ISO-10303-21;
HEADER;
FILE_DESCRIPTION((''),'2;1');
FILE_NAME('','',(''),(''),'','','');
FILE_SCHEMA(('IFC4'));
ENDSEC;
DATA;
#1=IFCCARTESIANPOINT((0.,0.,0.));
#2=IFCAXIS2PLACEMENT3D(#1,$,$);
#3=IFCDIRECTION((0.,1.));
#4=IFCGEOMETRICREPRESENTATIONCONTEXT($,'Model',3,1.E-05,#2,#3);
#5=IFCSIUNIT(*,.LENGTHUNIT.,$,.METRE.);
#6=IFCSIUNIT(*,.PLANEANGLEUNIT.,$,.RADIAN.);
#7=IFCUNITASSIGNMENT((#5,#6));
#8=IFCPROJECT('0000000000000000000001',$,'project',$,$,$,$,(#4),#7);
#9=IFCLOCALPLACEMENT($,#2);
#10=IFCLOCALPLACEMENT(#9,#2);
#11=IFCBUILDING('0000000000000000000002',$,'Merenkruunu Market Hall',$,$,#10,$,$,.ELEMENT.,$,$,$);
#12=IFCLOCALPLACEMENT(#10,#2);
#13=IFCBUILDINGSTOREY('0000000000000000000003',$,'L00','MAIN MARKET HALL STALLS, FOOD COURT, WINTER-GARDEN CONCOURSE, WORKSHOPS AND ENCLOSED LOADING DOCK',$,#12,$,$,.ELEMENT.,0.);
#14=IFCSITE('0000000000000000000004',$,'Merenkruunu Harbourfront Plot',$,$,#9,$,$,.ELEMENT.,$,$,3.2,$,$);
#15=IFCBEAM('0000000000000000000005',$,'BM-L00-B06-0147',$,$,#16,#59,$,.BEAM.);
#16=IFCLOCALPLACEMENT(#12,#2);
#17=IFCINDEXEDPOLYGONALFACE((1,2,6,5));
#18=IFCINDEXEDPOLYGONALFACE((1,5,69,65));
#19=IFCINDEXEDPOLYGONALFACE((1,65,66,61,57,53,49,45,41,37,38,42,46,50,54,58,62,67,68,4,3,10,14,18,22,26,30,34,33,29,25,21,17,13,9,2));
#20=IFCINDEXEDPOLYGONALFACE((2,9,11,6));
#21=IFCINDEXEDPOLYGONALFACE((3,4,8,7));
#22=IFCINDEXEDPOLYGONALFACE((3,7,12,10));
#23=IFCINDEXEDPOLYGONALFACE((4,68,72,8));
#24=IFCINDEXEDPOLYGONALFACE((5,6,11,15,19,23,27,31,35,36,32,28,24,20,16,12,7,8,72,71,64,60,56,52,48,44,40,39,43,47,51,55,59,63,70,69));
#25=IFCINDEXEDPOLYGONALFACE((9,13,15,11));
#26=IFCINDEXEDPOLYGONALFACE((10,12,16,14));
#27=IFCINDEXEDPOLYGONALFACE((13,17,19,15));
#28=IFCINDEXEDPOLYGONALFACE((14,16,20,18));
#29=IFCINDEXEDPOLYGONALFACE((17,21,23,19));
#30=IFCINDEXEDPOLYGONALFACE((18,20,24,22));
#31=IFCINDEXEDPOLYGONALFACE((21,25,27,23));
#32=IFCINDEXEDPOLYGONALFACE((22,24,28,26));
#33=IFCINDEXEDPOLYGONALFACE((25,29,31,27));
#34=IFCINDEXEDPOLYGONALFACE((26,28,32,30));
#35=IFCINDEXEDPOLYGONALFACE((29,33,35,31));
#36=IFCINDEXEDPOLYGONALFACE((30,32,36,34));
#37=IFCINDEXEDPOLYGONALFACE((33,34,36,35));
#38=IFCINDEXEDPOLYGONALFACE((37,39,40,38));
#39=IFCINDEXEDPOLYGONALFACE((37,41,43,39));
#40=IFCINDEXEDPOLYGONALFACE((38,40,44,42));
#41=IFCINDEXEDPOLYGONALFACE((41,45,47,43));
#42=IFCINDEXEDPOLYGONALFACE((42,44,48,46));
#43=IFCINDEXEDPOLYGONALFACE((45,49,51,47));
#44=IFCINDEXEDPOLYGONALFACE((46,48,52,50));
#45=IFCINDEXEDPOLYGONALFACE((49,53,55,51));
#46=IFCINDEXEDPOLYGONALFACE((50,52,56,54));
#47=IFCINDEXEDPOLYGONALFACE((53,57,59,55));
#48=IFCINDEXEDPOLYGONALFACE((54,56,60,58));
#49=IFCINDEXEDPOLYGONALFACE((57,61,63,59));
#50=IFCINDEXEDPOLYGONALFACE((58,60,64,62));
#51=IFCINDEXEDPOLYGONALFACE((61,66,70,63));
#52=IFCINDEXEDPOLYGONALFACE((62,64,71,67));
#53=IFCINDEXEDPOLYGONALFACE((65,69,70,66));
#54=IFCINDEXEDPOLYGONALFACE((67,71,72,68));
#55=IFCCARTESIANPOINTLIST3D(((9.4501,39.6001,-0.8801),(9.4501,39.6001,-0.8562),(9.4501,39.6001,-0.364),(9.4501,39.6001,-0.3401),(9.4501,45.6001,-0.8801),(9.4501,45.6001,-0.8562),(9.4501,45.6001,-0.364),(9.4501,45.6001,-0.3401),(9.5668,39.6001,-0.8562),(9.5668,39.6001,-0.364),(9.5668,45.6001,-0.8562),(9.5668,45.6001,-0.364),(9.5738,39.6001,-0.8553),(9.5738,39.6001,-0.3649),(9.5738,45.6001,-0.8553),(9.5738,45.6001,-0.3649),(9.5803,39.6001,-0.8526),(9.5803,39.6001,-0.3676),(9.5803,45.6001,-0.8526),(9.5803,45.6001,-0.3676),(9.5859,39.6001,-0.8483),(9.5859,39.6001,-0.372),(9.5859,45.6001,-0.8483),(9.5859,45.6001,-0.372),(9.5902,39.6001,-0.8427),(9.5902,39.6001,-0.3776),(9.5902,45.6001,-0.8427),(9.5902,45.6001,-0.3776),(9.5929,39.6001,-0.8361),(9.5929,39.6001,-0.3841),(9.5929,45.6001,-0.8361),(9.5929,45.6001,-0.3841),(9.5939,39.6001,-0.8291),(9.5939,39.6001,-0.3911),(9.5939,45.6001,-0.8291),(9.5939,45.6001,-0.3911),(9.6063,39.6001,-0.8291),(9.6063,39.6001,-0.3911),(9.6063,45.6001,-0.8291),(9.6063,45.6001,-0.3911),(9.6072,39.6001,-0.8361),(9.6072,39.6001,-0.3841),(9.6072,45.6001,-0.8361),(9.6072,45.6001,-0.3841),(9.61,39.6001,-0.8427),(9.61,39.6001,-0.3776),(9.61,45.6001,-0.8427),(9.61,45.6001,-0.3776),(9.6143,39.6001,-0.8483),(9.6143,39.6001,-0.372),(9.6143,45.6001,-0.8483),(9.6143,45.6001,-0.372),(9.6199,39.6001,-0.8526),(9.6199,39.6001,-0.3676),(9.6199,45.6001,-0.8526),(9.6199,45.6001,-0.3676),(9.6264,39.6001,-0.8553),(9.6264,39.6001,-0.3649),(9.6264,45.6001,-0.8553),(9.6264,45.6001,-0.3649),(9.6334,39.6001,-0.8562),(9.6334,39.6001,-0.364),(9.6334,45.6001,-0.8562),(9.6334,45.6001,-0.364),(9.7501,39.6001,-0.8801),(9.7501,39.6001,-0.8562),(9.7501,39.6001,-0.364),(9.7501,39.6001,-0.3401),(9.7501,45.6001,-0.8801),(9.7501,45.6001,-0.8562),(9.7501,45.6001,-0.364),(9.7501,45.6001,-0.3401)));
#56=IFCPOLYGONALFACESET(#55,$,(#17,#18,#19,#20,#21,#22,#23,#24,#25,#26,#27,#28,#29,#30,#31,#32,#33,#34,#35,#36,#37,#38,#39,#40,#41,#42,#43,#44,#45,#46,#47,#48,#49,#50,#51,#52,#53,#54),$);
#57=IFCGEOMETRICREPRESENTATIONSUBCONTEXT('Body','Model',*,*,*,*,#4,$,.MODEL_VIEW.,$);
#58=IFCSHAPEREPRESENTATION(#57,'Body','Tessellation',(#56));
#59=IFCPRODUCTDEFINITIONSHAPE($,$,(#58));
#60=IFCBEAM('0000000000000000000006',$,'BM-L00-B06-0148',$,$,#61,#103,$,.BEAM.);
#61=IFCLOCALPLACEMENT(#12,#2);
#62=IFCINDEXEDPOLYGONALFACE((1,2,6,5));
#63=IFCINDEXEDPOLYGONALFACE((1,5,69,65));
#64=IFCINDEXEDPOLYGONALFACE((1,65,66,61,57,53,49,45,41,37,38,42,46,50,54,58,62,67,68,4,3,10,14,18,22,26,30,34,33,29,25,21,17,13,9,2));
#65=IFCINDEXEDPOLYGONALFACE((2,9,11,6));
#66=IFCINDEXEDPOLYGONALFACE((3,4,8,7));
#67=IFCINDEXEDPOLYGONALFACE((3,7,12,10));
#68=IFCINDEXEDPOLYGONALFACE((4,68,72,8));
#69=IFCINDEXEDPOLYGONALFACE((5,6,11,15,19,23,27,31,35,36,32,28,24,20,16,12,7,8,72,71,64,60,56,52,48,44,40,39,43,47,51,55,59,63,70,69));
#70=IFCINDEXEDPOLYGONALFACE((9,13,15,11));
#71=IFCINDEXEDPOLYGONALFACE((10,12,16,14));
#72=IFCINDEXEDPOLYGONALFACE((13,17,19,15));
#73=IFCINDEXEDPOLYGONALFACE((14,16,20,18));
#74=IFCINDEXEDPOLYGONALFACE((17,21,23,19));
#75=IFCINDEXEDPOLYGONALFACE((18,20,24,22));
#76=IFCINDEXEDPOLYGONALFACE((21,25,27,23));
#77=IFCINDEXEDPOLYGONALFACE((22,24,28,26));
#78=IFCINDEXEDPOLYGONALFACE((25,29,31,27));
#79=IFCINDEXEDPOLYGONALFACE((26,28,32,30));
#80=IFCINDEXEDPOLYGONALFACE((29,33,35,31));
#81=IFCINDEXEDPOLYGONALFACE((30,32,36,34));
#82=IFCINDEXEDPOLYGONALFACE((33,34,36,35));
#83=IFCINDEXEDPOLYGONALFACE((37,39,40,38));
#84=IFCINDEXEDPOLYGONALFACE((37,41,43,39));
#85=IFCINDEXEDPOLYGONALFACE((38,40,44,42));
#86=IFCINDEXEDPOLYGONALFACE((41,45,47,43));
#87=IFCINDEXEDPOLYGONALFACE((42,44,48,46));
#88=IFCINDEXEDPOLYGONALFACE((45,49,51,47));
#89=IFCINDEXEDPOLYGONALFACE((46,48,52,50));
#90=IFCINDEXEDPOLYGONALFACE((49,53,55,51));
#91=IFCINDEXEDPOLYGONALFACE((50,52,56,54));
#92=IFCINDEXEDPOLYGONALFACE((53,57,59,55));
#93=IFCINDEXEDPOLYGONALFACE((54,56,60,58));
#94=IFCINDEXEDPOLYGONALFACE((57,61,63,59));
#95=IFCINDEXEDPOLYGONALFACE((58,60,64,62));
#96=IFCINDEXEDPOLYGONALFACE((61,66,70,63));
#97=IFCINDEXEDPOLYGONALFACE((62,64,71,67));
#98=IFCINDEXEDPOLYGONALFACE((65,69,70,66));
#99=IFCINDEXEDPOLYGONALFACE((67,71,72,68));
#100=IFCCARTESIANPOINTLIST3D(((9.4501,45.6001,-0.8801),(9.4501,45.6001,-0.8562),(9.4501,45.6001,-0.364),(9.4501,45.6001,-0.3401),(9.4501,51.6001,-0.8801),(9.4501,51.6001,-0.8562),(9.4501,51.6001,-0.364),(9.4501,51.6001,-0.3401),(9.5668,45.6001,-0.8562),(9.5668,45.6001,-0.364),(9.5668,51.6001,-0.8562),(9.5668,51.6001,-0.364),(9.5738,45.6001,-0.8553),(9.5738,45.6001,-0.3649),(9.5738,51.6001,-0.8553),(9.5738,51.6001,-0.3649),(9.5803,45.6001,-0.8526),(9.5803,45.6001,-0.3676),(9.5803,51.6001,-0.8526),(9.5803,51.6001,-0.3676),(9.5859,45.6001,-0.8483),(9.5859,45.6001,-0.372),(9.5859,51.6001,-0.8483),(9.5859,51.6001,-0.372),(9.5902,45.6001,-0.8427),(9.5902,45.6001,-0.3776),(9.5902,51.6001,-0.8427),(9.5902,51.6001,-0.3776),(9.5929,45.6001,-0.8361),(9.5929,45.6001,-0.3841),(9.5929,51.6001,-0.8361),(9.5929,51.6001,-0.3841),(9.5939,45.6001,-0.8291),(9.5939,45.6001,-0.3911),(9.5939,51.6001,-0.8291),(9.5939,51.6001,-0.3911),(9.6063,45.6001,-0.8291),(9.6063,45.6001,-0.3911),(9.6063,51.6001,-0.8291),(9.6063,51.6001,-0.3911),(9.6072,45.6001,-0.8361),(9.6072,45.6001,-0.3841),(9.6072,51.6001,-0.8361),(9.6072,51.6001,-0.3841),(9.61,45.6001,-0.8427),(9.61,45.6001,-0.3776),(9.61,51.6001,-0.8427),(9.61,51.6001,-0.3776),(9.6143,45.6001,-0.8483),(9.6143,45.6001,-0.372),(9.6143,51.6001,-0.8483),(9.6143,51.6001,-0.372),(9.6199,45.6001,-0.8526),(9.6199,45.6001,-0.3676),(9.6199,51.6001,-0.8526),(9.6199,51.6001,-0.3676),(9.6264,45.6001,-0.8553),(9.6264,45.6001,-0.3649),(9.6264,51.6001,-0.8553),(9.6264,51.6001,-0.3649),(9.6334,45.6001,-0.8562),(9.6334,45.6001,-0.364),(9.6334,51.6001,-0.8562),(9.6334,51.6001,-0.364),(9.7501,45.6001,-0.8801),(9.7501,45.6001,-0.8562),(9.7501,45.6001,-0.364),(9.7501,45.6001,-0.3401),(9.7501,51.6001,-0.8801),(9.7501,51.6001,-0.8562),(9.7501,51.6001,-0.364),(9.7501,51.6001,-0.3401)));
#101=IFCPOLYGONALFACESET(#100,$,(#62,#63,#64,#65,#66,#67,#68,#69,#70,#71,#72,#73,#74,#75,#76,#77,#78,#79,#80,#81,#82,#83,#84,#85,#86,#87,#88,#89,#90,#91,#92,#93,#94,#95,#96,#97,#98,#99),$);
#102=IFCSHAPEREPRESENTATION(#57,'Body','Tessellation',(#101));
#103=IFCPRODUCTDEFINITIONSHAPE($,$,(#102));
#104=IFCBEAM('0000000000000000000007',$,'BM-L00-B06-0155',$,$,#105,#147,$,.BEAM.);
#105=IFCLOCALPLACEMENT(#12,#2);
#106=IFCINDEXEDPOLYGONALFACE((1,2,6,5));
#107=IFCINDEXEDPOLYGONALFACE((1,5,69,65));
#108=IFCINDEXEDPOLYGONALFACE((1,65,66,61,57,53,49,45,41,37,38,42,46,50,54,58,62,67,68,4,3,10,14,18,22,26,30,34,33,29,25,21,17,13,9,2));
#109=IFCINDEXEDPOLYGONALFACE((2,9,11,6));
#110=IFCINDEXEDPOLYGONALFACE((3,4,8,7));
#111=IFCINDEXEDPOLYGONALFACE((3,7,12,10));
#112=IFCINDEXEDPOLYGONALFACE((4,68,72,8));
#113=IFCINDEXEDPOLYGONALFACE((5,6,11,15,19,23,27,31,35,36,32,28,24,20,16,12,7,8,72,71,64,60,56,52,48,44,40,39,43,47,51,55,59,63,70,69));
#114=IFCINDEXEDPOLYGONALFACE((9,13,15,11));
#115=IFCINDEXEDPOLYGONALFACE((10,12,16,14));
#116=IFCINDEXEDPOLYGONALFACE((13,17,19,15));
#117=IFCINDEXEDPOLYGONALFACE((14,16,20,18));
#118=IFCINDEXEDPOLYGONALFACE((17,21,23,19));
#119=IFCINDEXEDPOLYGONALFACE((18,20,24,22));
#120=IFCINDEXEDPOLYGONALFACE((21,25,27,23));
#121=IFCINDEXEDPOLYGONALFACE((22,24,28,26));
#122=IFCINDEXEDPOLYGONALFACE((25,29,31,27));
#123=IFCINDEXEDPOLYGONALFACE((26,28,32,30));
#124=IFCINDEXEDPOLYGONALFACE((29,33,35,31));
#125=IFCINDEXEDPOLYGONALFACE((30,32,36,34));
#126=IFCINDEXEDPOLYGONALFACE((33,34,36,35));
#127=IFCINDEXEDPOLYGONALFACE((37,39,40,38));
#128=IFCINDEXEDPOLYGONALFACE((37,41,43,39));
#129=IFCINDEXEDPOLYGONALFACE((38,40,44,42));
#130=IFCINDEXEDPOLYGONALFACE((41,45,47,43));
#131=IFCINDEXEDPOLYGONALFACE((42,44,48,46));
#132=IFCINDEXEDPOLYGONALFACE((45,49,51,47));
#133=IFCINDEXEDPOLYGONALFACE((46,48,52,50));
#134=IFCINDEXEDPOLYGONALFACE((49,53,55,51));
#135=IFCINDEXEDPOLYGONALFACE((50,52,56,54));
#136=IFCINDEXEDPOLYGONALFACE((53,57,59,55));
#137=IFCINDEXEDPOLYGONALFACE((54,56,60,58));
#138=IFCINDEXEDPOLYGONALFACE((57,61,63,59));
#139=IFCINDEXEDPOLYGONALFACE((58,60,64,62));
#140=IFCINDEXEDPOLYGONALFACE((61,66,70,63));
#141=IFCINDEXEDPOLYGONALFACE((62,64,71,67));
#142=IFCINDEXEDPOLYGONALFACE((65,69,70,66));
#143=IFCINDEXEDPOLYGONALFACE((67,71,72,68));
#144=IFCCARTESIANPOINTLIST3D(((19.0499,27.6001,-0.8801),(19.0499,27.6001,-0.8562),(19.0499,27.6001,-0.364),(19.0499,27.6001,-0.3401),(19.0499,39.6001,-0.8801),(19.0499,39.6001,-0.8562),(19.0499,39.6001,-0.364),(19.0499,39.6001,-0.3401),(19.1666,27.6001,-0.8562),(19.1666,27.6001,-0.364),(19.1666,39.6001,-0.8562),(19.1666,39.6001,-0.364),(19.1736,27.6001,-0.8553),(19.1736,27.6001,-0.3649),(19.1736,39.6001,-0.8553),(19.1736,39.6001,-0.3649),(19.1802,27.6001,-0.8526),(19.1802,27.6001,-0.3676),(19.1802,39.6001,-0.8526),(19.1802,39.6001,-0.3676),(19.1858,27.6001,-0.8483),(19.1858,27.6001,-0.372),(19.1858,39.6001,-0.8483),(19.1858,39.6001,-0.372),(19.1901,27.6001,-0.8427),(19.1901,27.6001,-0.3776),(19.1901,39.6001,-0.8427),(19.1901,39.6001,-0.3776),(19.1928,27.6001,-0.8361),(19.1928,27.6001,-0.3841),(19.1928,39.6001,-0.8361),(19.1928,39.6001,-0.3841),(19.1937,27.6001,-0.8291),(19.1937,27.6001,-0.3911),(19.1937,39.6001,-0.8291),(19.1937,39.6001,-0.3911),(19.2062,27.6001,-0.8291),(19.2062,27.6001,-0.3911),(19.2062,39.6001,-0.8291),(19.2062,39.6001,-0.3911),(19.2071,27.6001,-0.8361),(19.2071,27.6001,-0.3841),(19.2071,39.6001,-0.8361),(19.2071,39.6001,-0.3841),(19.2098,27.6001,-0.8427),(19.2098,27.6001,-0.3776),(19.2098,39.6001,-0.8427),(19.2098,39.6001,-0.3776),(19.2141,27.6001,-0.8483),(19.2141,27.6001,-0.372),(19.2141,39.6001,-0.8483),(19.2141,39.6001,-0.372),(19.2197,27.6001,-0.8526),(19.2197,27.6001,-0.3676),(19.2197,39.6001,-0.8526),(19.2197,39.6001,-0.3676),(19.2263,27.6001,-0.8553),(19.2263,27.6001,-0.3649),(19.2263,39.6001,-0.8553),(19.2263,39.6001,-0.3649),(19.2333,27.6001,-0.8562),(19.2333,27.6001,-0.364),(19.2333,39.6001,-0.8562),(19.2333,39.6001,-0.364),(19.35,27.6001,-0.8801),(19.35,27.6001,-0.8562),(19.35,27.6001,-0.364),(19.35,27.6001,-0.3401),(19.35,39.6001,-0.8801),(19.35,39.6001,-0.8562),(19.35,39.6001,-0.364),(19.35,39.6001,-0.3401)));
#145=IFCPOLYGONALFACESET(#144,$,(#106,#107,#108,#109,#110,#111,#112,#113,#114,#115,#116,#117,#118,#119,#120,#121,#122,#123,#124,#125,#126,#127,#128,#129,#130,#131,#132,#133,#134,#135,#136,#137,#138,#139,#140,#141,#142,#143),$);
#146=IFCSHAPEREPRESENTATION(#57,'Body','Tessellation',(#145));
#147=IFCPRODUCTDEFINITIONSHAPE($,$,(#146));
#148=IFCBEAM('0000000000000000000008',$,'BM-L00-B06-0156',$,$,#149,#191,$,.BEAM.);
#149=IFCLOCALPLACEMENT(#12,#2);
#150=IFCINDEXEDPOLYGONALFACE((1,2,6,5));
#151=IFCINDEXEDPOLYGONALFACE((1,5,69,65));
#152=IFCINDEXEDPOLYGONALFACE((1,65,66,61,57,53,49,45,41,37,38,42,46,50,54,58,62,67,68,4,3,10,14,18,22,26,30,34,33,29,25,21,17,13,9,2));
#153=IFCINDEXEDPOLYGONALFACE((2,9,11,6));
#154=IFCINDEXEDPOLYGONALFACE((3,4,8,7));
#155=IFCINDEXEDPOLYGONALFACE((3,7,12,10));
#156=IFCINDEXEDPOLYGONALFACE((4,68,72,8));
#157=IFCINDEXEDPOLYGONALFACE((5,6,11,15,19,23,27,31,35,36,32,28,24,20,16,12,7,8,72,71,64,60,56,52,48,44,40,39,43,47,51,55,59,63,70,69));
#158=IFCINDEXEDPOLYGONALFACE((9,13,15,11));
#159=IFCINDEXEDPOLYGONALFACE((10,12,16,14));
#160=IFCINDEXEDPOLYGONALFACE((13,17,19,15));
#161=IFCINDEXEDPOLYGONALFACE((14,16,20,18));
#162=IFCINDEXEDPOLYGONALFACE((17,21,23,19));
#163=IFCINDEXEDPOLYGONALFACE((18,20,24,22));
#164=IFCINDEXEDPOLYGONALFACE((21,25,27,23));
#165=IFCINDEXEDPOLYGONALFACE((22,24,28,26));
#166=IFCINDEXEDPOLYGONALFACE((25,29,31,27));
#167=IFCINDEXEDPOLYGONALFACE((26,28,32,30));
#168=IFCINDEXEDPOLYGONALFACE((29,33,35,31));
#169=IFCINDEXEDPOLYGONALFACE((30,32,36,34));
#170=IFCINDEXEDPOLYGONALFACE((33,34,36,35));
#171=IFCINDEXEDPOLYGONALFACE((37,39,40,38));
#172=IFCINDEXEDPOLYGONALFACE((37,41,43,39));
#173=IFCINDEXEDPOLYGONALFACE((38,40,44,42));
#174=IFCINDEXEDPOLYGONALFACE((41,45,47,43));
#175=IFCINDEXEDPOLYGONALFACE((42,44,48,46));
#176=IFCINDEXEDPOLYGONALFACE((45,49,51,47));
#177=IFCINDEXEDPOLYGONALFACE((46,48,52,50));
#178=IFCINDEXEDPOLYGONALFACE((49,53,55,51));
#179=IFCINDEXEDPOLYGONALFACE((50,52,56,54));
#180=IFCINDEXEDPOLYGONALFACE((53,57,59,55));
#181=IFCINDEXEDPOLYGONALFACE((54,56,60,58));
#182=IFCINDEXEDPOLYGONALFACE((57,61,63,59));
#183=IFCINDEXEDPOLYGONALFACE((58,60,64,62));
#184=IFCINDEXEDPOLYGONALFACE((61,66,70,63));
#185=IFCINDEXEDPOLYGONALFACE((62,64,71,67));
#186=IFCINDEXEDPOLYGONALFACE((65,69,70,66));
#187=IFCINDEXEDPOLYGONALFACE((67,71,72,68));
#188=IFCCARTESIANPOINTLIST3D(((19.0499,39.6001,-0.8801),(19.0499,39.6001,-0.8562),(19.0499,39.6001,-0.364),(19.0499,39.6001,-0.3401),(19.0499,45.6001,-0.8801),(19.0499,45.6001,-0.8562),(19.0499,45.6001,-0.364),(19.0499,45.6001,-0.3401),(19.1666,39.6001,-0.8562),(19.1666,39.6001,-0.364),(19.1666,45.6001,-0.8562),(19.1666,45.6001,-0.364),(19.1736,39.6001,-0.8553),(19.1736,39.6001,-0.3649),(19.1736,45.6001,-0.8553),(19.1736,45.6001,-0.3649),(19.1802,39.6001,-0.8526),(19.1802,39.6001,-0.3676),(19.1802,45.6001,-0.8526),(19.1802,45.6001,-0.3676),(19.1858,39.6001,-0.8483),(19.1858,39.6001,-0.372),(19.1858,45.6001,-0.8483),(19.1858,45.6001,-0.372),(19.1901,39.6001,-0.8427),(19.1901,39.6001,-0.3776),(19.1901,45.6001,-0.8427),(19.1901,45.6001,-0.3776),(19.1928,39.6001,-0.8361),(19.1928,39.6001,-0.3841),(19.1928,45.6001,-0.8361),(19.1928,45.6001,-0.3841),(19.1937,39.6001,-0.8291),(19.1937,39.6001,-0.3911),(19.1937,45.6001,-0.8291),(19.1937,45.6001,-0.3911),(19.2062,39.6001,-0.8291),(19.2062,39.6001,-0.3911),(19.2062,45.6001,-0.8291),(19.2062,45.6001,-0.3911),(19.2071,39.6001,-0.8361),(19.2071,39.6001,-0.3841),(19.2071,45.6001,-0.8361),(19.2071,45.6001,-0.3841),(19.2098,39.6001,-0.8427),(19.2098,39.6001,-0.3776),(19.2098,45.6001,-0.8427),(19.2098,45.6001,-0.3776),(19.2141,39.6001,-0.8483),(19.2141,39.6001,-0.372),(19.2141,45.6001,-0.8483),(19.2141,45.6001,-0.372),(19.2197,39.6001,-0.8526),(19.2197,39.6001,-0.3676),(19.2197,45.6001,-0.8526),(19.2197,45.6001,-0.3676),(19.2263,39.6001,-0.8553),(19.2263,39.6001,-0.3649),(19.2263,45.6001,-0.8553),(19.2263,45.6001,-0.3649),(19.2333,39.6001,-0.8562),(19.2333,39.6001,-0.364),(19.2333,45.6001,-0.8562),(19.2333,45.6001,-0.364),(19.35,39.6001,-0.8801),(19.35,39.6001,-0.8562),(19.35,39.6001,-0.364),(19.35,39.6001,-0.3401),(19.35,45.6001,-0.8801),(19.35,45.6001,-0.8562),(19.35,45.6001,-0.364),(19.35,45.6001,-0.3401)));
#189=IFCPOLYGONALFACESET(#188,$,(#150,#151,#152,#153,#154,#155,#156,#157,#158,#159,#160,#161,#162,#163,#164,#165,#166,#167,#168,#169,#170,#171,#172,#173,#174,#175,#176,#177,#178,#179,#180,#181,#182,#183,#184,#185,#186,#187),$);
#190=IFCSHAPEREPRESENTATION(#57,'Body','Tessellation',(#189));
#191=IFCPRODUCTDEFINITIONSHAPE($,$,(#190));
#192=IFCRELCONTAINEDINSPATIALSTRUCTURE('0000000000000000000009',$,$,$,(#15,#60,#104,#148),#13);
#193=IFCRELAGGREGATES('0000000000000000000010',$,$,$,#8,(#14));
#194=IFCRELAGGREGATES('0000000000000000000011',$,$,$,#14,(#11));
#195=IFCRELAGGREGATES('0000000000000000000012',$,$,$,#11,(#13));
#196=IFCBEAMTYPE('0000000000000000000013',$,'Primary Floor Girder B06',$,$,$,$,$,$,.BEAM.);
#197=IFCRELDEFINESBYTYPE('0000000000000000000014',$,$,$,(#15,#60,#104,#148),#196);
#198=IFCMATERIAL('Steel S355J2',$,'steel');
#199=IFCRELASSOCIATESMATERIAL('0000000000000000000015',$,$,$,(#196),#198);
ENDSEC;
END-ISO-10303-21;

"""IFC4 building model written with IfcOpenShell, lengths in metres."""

from ifc_helpers import new_model, si_unit, direction, frame, origin, origin_2d, place, context, subcontext, project, spatial, i_section, extrude, material, material_profile, profile_set, type_object, element, save


model = new_model("IFC4")

# Units and contexts
model_context = context("Model", 3, precision=1e-05, world=origin(), true_north=direction((0.0, 1.0)))
body_context = subcontext(model_context, "Body", "Model", "MODEL_VIEW")
ifc_project = project(units=[si_unit("LENGTHUNIT", "METRE"), si_unit("PLANEANGLEUNIT", "RADIAN")], contexts=[model_context])

# Site, building, storey
site_placement = place(None, origin())
site = spatial("IfcSite", under=ifc_project, at=site_placement, Name="Merenkruunu Harbourfront Plot", CompositionType="ELEMENT", RefElevation=3.2)
building_placement = place(site_placement, origin())
building = spatial("IfcBuilding", under=site, at=building_placement, Name="Merenkruunu Market Hall", CompositionType="ELEMENT")
storey_placement = place(building_placement, origin())
storey = spatial("IfcBuildingStorey", under=building, at=storey_placement, Name="L00", Description="MAIN MARKET HALL STALLS, FOOD COURT, WINTER-GARDEN CONCOURSE, WORKSHOPS AND ENCLOSED LOADING DOCK", CompositionType="ELEMENT", Elevation=0.0)

# Shared definitions
ifc_material_1 = material(Name="Steel S355J2", Category="steel")

# Beams
ifc_material_profile_1 = material_profile(ifc_material_1, i_section(OverallWidth=0.3, OverallDepth=0.54, WebThickness=0.0125, FlangeThickness=0.0239, FilletRadius=0.0271, at=origin_2d()), Name="HEA 550")
ifc_profile_set_1 = profile_set([ifc_material_profile_1], Name="Steel S355J2")
beam_type_1 = type_object("IfcBeamType", Name="Primary Floor Girder B06", PredefinedType="BEAM", material=ifc_profile_set_1)
for number, where, z_axis, x_axis, name in (
    (1, (9.6001, 39.6001, -0.6101), (0.0, 1.0, 0.0), (-1.0, 0.0, 0.0), "BM-L00-B06-0147"),
    (2, (9.6001, 45.6001, -0.6101), (0.0, 1.0, 0.0), (-1.0, 0.0, 0.0), "BM-L00-B06-0148"),
):
    element("IfcBeam", number, at=place(storey_placement, frame(where, z_axis=z_axis, x_axis=x_axis)), inside=storey, type_object=beam_type_1, Name=name, PredefinedType="BEAM", context=body_context, shape_type="SweptSolid", body=[
        extrude(i_section(OverallWidth=0.3, OverallDepth=0.54, WebThickness=0.0125, FlangeThickness=0.0239, FilletRadius=0.0271, at=origin_2d()), origin(), (0.0, 0.0, 1.0), 6.0),
    ])
beam_1_placement = place(storey_placement, frame((19.2, 27.6001, -0.6101), z_axis=(0.0, 1.0, 0.0), x_axis=(-1.0, 0.0, 0.0)))
element("IfcBeam", 3, at=beam_1_placement, inside=storey, type_object=beam_type_1, Name="BM-L00-B06-0155", PredefinedType="BEAM", context=body_context, shape_type="SweptSolid", body=[
    extrude(i_section(OverallWidth=0.3, OverallDepth=0.54, WebThickness=0.0125, FlangeThickness=0.0239, FilletRadius=0.0271, at=origin_2d()), origin(), (0.0, 0.0, 1.0), 12.0),
])
for number, where, z_axis, x_axis, name in (
    (4, (19.2, 39.6001, -0.6101), (0.0, 1.0, 0.0), (-1.0, 0.0, 0.0), "BM-L00-B06-0156"),
):
    element("IfcBeam", number, at=place(storey_placement, frame(where, z_axis=z_axis, x_axis=x_axis)), inside=storey, type_object=beam_type_1, Name=name, PredefinedType="BEAM", context=body_context, shape_type="SweptSolid", body=[
        extrude(i_section(OverallWidth=0.3, OverallDepth=0.54, WebThickness=0.0125, FlangeThickness=0.0239, FilletRadius=0.0271, at=origin_2d()), origin(), (0.0, 0.0, 1.0), 6.0),
    ])

save(model, "model.ifc")
